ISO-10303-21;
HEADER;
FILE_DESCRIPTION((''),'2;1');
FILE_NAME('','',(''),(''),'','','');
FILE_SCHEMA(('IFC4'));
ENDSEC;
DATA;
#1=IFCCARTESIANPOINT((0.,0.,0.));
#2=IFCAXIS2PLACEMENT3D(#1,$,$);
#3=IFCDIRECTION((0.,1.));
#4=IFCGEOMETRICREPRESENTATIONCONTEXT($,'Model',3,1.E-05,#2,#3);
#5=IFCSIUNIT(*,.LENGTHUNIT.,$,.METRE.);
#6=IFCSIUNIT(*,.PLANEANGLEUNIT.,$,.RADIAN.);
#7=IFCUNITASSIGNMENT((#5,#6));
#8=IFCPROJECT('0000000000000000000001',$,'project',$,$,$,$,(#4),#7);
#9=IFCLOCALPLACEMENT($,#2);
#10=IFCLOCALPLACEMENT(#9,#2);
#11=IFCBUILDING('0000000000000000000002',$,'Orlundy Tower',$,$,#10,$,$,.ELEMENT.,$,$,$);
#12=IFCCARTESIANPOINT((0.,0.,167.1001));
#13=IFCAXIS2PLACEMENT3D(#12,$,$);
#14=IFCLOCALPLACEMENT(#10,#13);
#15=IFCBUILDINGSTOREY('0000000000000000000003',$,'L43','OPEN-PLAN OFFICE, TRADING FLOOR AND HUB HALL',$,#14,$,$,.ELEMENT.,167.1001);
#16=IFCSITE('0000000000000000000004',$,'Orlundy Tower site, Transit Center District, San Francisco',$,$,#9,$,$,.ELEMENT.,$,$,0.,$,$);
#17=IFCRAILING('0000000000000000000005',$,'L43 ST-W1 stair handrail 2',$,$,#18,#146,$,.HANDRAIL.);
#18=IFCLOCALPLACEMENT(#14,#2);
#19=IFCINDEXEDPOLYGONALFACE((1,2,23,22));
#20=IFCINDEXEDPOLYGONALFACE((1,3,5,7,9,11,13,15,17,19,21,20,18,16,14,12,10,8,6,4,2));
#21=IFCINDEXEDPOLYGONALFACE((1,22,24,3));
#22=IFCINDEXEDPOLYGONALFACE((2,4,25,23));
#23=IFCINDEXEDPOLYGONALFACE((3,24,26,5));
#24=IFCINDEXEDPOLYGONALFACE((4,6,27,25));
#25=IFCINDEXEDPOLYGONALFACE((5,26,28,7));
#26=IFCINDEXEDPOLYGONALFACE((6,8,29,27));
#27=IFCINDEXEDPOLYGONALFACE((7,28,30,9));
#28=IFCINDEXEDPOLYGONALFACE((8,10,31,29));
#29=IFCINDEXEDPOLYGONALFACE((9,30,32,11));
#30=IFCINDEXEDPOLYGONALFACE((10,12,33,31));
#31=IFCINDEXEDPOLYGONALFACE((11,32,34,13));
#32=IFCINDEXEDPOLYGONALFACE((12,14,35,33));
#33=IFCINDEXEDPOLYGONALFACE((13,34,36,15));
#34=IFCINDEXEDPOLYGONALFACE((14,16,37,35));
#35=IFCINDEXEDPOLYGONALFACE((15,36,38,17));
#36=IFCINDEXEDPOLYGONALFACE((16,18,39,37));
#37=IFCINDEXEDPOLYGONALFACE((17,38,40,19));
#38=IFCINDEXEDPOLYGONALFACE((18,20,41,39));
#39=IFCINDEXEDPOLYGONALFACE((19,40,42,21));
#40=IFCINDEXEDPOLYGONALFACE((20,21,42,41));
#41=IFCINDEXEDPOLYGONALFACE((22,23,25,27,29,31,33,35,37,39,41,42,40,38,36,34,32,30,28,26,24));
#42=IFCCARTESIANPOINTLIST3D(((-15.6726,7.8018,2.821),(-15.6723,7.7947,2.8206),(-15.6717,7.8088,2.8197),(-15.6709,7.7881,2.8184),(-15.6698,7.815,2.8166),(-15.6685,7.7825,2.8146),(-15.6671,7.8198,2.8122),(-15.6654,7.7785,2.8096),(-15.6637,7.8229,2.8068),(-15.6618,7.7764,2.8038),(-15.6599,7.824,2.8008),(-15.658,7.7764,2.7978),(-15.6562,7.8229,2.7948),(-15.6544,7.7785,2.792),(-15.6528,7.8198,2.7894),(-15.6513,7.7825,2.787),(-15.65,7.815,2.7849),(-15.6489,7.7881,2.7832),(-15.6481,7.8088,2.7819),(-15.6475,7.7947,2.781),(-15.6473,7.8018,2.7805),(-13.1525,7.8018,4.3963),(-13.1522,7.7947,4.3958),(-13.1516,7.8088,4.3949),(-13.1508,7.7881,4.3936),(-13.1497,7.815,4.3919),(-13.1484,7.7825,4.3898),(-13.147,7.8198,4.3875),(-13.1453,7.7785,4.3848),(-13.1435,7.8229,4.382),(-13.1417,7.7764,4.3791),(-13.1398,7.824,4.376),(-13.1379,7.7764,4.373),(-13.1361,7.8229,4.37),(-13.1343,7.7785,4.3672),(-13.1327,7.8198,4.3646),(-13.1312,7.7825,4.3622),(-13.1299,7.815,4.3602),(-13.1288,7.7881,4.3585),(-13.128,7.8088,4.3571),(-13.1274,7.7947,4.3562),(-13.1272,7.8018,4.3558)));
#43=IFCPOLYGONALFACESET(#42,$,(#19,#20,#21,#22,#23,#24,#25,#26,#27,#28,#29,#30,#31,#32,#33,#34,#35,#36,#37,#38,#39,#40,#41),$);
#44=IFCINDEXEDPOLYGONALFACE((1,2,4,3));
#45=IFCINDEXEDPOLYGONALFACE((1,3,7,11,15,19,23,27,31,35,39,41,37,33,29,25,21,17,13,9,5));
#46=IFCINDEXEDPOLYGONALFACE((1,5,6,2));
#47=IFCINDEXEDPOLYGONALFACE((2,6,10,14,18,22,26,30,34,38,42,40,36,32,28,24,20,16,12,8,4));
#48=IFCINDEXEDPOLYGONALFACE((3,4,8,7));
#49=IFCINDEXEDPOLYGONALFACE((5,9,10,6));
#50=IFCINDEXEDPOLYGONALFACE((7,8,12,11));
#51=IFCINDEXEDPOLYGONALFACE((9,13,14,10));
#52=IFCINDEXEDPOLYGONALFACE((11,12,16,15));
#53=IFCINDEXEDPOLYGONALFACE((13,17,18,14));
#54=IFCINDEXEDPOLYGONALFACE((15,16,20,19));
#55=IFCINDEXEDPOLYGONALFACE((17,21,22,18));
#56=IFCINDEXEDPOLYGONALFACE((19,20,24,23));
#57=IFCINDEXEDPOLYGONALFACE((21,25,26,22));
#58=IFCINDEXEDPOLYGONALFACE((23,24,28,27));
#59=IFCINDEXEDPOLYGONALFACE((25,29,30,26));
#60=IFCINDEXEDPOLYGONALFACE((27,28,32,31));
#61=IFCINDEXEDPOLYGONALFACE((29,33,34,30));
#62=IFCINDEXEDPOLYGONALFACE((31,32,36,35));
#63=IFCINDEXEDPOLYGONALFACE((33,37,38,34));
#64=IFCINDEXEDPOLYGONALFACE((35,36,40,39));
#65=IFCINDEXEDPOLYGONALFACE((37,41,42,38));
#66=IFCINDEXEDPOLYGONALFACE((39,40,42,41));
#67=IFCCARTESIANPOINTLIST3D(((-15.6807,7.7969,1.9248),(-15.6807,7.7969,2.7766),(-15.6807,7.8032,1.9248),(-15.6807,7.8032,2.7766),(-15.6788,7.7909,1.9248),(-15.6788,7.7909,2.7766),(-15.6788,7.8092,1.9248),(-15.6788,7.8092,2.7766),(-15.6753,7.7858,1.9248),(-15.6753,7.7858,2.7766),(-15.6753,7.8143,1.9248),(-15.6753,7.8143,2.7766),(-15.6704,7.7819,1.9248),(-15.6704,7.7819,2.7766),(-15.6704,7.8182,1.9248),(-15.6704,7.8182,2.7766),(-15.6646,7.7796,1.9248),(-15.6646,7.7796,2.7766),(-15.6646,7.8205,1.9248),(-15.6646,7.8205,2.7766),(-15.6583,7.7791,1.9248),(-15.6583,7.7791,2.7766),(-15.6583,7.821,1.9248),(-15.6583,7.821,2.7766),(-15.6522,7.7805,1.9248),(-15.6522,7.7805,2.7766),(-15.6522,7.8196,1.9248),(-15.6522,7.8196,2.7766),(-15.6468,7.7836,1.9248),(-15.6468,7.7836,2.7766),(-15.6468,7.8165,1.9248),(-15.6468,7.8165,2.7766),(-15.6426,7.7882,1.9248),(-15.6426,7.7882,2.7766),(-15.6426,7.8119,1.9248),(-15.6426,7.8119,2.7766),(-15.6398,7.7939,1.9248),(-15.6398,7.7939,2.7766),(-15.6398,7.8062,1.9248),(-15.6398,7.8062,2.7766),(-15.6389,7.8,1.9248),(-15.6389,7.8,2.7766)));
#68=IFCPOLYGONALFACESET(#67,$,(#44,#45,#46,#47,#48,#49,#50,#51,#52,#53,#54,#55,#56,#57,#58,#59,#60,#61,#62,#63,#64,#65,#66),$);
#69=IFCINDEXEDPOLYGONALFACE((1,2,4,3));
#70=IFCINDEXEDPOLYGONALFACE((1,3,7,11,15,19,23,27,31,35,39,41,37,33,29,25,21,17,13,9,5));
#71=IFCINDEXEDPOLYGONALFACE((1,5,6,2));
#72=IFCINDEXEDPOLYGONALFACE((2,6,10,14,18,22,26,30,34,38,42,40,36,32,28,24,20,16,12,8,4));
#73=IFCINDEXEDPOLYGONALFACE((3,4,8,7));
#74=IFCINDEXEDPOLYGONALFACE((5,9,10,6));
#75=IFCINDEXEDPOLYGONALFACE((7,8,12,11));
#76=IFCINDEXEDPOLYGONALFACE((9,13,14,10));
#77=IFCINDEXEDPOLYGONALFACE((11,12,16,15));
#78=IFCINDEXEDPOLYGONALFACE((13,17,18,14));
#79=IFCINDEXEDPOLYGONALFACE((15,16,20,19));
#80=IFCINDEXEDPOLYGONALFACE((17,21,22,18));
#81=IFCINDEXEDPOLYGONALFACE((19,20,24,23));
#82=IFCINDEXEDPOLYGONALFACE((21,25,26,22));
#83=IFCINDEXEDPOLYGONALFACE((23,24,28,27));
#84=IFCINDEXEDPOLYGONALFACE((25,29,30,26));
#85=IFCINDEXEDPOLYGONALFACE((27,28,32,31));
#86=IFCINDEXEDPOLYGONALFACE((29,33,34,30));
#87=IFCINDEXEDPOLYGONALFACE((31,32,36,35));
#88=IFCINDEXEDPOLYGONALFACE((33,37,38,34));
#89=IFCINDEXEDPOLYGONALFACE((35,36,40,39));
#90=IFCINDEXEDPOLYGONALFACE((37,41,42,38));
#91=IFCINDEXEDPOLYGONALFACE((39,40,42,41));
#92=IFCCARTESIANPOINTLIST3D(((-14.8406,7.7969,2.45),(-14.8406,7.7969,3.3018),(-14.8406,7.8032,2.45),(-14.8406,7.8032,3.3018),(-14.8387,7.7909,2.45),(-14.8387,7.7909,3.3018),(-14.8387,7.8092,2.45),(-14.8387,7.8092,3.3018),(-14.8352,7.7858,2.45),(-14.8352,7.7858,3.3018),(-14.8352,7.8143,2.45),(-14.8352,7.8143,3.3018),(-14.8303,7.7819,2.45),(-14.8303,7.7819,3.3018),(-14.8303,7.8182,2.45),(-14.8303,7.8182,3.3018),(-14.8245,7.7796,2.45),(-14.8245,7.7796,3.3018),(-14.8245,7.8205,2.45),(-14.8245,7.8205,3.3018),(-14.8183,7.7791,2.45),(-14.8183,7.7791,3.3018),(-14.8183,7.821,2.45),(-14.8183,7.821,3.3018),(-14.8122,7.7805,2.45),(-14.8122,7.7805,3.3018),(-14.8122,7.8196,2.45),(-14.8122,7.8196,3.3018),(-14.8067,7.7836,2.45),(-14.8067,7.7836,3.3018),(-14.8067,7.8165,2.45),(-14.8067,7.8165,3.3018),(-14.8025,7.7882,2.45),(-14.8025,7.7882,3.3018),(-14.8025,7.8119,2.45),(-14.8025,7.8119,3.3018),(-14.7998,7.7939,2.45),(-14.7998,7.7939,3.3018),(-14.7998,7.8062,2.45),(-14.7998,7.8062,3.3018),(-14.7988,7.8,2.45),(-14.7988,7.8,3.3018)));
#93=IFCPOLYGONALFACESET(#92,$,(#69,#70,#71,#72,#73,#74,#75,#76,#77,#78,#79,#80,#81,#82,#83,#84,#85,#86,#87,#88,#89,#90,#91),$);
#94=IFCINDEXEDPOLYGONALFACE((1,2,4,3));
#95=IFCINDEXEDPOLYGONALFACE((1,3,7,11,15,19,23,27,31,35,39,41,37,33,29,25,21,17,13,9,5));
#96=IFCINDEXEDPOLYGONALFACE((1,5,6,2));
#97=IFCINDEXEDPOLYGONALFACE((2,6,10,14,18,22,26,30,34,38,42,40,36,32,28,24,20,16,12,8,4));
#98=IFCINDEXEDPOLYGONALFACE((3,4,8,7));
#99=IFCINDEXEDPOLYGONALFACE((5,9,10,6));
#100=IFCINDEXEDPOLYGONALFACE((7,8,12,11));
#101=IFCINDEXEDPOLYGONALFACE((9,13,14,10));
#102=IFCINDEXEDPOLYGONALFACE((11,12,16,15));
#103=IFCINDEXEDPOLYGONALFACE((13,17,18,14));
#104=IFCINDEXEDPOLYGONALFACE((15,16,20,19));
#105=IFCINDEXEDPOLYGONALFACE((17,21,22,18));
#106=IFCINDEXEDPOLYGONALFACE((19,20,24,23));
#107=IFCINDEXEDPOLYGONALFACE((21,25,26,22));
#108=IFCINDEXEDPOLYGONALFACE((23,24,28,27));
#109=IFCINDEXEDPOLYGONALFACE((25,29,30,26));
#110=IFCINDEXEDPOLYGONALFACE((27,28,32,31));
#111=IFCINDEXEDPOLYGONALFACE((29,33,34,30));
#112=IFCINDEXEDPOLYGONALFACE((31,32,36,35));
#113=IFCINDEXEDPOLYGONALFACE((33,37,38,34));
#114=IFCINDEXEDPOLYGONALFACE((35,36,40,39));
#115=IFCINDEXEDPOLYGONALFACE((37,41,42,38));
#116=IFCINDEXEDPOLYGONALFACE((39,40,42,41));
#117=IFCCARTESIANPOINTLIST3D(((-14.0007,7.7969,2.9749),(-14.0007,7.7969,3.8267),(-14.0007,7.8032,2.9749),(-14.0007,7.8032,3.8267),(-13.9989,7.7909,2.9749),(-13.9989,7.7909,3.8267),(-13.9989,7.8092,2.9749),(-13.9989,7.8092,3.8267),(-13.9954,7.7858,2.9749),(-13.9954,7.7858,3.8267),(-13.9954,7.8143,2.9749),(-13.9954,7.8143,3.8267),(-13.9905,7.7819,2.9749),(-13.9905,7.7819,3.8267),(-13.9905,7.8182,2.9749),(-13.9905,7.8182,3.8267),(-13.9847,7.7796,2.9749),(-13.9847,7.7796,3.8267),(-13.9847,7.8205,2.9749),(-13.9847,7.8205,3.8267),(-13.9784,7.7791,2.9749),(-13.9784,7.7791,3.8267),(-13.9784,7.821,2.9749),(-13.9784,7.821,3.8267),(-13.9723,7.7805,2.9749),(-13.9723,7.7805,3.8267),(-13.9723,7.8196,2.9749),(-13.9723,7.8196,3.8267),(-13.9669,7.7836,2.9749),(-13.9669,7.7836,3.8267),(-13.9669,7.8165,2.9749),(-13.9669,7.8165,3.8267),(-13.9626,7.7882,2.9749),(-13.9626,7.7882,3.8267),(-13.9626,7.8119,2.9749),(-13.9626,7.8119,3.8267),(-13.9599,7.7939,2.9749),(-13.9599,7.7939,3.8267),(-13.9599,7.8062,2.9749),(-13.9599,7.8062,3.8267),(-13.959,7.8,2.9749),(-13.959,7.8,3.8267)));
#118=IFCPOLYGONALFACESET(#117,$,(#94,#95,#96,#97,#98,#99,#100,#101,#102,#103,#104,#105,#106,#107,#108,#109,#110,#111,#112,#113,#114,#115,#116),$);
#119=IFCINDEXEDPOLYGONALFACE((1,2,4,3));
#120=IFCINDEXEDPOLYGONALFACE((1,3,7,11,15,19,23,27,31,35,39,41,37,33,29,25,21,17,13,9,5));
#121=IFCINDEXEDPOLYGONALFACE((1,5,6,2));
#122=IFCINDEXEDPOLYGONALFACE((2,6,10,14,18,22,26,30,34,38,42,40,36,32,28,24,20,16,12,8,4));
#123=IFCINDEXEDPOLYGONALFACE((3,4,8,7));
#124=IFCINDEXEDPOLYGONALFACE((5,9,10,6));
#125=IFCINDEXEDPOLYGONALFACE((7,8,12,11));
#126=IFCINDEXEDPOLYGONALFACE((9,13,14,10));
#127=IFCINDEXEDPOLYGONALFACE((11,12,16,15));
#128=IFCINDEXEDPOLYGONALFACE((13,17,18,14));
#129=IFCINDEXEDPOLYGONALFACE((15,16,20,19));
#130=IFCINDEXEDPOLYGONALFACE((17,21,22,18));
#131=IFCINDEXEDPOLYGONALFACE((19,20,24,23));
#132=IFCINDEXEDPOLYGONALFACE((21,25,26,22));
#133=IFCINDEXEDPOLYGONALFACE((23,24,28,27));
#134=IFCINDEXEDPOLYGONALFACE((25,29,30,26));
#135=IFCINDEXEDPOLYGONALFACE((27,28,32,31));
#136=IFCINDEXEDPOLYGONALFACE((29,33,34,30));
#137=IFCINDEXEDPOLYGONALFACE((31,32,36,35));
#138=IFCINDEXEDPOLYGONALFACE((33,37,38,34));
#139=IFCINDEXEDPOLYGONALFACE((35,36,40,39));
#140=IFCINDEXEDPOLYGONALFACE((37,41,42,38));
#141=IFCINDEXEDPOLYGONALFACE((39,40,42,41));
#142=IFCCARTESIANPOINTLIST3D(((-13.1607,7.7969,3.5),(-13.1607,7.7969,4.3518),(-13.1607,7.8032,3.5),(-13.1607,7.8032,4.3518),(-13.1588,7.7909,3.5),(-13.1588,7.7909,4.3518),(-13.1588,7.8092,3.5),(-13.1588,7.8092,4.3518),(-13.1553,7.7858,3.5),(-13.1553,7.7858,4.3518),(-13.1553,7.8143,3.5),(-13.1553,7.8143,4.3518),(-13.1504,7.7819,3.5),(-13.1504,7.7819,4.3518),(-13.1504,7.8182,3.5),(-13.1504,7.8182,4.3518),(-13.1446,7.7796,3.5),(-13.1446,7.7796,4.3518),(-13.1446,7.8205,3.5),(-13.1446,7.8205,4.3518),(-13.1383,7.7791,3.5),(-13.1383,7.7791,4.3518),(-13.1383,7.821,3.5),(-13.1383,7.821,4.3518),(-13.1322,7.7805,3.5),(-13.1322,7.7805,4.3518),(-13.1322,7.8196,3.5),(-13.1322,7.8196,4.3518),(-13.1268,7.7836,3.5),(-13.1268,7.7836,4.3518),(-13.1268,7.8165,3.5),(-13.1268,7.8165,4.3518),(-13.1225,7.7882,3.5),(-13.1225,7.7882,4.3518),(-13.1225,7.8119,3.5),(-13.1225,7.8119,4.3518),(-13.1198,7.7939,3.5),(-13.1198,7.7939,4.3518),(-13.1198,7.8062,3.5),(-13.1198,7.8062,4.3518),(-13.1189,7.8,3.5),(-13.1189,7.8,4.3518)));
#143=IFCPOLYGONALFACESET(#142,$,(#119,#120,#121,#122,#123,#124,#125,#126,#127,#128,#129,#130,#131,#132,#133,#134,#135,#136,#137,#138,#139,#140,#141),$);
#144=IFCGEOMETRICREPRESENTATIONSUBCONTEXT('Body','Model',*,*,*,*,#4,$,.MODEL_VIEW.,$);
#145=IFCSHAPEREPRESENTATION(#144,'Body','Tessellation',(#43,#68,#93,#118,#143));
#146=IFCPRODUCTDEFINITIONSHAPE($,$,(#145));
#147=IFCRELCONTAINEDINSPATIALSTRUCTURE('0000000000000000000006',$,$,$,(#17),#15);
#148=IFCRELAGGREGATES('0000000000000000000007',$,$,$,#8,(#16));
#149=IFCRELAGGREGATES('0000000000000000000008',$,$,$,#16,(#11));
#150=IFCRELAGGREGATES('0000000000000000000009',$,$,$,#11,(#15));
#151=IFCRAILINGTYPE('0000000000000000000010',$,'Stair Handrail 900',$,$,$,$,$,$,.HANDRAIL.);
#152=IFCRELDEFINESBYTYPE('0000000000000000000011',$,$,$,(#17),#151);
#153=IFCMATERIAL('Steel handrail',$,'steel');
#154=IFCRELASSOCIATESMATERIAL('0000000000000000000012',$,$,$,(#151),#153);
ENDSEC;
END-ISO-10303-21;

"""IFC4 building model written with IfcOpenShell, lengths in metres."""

from ifc_helpers import new_model, si_unit, direction, frame, origin, origin_2d, place, context, subcontext, project, spatial, circle, extrude, material, type_object, element, save


model = new_model("IFC4")

# Units and contexts
model_context = context("Model", 3, precision=1e-05, world=origin(), true_north=direction((0.0, 1.0)))
body_context = subcontext(model_context, "Body", "Model", "MODEL_VIEW")
ifc_project = project(units=[si_unit("LENGTHUNIT", "METRE"), si_unit("PLANEANGLEUNIT", "RADIAN")], contexts=[model_context])

# Site, building, storey
site_placement = place(None, origin())
site = spatial("IfcSite", under=ifc_project, at=site_placement, Name="Orlundy Tower site, Transit Center District, San Francisco", CompositionType="ELEMENT", RefElevation=0.0)
building_placement = place(site_placement, origin())
building = spatial("IfcBuilding", under=site, at=building_placement, Name="Orlundy Tower", CompositionType="ELEMENT")
storey_placement = place(building_placement, frame((0.0, 0.0, 167.1001)))
storey = spatial("IfcBuildingStorey", under=building, at=storey_placement, Name="L43", Description="OPEN-PLAN OFFICE, TRADING FLOOR AND HUB HALL", CompositionType="ELEMENT", Elevation=167.1001)

# Railing
ifc_material_1 = material(Name="Steel handrail", Category="steel")
railing_type_1 = type_object("IfcRailingType", Name="Stair Handrail 900", PredefinedType="HANDRAIL", material=ifc_material_1)
railing_1_placement = place(storey_placement, frame((-15.6599, 7.8, 1.9248)))
element("IfcRailing", 1, at=railing_1_placement, inside=storey, type_object=railing_type_1, Name="L43 ST-W1 stair handrail 2", PredefinedType="HANDRAIL", context=body_context, shape_type="SweptSolid", body=[
    extrude(circle(Radius=0.0239, at=origin_2d()), frame((0.0, 0.0, 0.876), z_axis=(0.847971, 0.0, 0.530043), x_axis=(0.0, 1.0, 0.0)), (0.0, 0.0, 1.0), 2.9719),
    extrude(circle(Radius=0.021, at=origin_2d()), origin(), (0.0, 0.0, 1.0), 0.8518),
    extrude(circle(Radius=0.021, at=origin_2d()), frame((0.8401, 0.0, 0.5251)), (0.0, 0.0, 1.0), 0.8518),
    extrude(circle(Radius=0.021, at=origin_2d()), frame((1.6799, 0.0, 1.05)), (0.0, 0.0, 1.0), 0.8518),
    extrude(circle(Radius=0.021, at=origin_2d()), frame((2.52, 0.0, 1.5752)), (0.0, 0.0, 1.0), 0.8518),
])

save(model, "model.ifc")
